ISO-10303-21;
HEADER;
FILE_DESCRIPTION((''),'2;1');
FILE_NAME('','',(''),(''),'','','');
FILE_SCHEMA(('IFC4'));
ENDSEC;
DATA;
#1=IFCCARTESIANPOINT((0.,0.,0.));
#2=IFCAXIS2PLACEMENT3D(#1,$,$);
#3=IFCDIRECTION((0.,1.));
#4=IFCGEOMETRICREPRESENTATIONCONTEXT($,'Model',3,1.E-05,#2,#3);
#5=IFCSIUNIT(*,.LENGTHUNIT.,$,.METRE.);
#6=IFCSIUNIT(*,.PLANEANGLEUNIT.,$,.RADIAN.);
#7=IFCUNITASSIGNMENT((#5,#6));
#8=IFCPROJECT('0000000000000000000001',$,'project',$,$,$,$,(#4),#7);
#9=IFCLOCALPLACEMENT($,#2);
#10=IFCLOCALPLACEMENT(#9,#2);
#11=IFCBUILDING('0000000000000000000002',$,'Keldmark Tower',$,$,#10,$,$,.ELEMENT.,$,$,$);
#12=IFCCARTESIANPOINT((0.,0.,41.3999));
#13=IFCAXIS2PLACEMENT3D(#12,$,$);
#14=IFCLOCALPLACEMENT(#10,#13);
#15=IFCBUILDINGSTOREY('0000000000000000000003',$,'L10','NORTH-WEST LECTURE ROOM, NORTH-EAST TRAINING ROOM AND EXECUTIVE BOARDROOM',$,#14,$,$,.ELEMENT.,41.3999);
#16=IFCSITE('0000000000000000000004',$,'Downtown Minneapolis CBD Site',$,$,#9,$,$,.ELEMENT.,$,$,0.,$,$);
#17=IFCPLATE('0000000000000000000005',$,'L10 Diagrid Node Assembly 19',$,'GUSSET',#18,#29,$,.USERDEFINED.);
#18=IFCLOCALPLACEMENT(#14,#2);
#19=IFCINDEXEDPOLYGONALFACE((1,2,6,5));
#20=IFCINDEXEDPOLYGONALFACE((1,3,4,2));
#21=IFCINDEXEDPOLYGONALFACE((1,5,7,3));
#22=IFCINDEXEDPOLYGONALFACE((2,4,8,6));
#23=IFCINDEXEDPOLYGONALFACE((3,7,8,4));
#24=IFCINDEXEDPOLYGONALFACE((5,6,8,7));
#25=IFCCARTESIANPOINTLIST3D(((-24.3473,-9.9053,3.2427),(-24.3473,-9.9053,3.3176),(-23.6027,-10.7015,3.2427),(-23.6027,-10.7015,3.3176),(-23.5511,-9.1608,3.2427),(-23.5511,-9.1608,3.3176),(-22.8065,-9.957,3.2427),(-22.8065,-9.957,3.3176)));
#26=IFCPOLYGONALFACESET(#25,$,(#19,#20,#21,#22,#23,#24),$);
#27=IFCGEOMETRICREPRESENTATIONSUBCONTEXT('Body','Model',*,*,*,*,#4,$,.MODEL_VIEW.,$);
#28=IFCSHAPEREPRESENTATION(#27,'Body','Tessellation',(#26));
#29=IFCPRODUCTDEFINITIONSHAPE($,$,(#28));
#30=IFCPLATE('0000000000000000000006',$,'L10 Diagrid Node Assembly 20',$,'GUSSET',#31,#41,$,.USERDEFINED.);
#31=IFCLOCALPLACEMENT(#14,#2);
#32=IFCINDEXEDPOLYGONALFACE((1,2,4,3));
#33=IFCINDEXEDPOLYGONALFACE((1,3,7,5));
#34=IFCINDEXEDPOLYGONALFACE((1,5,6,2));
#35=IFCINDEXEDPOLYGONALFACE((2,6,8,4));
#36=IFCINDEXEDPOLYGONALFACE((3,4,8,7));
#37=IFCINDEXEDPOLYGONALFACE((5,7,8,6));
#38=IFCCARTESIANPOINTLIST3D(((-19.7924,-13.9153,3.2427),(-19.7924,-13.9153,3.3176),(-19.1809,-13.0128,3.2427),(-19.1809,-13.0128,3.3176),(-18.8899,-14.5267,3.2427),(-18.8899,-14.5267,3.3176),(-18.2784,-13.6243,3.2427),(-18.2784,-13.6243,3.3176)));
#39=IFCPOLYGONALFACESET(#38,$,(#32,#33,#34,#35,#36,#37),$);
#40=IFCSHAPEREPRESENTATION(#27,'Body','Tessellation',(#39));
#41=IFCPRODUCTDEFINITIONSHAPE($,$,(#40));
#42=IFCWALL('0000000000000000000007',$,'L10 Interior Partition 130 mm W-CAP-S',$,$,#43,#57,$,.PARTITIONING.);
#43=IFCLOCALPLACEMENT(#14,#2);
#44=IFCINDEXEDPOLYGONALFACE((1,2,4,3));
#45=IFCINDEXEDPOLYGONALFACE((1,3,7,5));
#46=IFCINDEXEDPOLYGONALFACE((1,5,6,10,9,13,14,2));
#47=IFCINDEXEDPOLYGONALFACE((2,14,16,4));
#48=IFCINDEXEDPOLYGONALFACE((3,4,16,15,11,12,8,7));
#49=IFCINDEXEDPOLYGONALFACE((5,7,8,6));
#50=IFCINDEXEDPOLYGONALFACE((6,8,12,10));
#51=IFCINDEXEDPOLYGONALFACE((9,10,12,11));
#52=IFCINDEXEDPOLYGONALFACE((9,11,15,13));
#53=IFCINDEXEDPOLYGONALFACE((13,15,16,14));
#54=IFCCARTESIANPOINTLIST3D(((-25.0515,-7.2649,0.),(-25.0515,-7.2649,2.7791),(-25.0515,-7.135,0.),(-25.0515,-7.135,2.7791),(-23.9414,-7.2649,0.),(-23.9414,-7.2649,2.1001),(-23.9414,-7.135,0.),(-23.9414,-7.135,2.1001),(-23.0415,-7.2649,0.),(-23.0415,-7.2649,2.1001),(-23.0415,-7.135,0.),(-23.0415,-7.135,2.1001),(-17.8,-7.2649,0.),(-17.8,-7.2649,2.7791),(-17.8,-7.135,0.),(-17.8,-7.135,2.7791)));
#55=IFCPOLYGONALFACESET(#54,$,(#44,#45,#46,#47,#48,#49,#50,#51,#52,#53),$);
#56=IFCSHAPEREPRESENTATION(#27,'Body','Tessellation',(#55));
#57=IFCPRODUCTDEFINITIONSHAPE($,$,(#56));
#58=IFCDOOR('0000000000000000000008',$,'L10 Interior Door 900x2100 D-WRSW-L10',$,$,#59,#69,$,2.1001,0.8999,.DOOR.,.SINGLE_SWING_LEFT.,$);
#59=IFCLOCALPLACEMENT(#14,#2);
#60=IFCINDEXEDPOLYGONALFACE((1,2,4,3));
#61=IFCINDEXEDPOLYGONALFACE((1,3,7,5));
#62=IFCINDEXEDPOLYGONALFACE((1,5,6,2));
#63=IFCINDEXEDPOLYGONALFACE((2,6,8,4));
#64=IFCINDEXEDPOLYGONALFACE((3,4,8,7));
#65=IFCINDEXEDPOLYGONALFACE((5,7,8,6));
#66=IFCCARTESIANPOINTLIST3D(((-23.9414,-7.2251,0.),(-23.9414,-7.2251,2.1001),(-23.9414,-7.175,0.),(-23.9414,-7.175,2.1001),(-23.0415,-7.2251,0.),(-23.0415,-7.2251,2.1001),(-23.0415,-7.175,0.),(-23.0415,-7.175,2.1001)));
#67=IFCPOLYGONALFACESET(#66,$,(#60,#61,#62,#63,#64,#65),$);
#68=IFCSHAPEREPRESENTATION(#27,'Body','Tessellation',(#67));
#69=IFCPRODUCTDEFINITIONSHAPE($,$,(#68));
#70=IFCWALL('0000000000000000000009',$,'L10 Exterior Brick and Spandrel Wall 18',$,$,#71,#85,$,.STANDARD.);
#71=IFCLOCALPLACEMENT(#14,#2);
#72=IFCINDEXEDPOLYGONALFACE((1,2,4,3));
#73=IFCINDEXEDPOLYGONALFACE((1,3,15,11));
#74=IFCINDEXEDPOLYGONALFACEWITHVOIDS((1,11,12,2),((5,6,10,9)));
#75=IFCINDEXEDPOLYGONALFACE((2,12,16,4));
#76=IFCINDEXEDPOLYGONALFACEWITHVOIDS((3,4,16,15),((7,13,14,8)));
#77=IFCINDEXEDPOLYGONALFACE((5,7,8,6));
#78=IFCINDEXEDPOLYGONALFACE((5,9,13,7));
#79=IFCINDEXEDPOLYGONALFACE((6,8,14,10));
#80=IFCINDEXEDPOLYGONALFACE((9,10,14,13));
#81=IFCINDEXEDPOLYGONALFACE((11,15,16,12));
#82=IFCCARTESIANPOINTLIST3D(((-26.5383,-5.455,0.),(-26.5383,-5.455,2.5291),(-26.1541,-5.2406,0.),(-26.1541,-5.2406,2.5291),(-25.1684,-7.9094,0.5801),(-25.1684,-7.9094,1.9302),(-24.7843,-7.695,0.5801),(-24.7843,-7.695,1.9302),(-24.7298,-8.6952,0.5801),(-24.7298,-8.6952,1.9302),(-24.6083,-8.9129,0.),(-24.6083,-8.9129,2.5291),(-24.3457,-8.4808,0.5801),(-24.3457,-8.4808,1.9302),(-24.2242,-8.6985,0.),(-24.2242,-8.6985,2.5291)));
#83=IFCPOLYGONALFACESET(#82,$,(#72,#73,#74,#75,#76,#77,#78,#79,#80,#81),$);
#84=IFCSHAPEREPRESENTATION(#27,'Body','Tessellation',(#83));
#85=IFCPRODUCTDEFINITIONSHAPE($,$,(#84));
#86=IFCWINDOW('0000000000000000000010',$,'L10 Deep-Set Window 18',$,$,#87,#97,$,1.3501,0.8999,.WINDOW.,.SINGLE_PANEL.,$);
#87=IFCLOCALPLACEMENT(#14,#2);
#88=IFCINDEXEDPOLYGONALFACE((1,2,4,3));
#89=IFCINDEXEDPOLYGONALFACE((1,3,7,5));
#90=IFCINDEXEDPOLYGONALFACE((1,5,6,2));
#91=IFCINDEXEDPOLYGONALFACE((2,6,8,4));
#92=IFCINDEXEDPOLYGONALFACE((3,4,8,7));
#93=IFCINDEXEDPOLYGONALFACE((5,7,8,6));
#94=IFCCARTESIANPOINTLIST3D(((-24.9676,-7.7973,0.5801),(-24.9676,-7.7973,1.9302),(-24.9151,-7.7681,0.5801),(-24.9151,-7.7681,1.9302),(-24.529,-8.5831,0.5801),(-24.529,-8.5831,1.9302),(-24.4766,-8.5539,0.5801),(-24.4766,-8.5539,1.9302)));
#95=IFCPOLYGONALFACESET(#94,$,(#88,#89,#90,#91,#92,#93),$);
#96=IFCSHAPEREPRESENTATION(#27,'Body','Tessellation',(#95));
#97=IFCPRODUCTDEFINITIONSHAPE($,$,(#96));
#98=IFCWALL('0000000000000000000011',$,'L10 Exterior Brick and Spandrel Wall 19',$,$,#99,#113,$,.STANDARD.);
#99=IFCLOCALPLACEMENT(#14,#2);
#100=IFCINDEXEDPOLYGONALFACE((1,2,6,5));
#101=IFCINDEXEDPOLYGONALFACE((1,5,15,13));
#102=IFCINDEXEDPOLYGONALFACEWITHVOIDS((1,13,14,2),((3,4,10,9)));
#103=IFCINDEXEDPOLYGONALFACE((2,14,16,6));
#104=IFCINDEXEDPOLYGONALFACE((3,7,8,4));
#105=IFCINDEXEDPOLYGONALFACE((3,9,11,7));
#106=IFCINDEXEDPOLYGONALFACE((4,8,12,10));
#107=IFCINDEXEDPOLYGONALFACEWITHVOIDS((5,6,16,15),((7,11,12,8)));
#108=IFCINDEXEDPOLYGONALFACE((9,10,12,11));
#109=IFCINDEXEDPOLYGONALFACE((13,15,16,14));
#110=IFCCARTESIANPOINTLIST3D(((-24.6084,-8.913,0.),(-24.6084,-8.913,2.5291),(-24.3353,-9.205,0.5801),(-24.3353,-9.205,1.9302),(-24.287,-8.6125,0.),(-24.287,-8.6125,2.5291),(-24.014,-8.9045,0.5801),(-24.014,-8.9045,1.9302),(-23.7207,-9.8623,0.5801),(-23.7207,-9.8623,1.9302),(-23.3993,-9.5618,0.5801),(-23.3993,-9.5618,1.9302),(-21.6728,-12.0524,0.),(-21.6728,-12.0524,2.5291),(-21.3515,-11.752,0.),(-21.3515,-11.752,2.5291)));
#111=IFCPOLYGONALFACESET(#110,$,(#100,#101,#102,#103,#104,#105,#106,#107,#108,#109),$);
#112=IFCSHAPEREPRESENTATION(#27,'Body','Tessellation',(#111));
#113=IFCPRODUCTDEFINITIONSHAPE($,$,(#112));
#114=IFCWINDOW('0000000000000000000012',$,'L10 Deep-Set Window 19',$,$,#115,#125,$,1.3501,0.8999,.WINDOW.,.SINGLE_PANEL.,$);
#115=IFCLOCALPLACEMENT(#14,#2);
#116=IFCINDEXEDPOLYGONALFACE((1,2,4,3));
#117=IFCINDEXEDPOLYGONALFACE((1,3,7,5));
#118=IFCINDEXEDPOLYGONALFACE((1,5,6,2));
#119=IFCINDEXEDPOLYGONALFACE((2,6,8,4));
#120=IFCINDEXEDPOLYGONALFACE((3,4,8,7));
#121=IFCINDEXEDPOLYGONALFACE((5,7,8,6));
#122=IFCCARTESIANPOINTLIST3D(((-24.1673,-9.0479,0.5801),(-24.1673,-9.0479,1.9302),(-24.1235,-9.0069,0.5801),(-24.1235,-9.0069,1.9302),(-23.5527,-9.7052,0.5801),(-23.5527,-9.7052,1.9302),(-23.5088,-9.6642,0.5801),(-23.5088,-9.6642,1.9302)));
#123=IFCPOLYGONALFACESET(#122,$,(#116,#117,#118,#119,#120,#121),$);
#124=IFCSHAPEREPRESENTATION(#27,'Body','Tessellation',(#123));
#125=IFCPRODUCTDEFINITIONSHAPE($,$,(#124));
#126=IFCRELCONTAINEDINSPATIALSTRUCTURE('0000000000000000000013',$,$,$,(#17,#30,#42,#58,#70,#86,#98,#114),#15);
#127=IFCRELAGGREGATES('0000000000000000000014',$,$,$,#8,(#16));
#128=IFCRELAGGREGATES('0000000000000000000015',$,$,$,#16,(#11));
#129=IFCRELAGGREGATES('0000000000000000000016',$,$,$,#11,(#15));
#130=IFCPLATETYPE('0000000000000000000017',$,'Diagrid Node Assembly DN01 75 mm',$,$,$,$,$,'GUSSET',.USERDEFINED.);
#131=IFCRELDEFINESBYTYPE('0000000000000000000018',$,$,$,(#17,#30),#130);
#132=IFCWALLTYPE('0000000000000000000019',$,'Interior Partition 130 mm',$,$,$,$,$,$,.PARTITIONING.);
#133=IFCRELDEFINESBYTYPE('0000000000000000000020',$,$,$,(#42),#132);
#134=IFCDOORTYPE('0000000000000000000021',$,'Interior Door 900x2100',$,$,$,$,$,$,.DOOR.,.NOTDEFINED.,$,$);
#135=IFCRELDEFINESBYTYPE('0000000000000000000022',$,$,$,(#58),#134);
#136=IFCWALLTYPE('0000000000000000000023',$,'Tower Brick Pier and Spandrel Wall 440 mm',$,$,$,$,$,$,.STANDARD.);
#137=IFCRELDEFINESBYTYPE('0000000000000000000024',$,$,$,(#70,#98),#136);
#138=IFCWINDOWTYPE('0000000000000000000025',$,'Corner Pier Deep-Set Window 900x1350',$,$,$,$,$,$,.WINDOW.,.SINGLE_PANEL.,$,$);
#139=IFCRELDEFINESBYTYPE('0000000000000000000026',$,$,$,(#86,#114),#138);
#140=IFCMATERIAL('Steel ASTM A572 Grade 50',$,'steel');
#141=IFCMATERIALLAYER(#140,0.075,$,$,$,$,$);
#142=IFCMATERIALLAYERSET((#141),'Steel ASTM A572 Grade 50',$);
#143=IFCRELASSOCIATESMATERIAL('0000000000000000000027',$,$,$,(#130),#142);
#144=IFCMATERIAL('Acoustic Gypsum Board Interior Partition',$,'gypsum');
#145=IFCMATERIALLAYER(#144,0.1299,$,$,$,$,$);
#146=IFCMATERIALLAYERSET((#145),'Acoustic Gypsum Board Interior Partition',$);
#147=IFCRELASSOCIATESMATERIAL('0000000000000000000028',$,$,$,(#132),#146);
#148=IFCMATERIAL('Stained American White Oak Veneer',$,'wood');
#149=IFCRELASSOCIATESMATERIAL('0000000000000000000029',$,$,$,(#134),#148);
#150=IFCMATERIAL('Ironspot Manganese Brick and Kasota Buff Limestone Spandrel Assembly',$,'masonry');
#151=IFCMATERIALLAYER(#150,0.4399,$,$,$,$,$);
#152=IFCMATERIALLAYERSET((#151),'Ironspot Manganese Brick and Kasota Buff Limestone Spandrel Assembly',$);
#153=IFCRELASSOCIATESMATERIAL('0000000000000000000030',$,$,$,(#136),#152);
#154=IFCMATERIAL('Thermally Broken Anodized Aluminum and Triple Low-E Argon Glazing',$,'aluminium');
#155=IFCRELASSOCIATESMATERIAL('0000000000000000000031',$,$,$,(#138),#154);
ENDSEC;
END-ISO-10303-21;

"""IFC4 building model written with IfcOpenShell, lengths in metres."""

from ifc_helpers import new_model, si_unit, direction, frame, frame_2d, origin, origin_2d, place, context, subcontext, project, spatial, rectangle, extrude, material, layer, layer_set, type_object, element, fill, save


model = new_model("IFC4")

# Units and contexts
model_context = context("Model", 3, precision=1e-05, world=origin(), true_north=direction((0.0, 1.0)))
body_context = subcontext(model_context, "Body", "Model", "MODEL_VIEW")
ifc_project = project(units=[si_unit("LENGTHUNIT", "METRE"), si_unit("PLANEANGLEUNIT", "RADIAN")], contexts=[model_context])

# Site, building, storey
site_placement = place(None, origin())
site = spatial("IfcSite", under=ifc_project, at=site_placement, Name="Downtown Minneapolis CBD Site", CompositionType="ELEMENT", RefElevation=0.0)
building_placement = place(site_placement, origin())
building = spatial("IfcBuilding", under=site, at=building_placement, Name="Keldmark Tower", CompositionType="ELEMENT")
storey_placement = place(building_placement, frame((0.0, 0.0, 41.3999)))
storey = spatial("IfcBuildingStorey", under=building, at=storey_placement, Name="L10", Description="NORTH-WEST LECTURE ROOM, NORTH-EAST TRAINING ROOM AND EXECUTIVE BOARDROOM", CompositionType="ELEMENT", Elevation=41.3999)

# Plates
ifc_material_1 = material(Name="Steel ASTM A572 Grade 50", Category="steel")
ifc_layer_1 = layer(ifc_material_1, 0.075)
ifc_layer_set_1 = layer_set([ifc_layer_1], Name="Steel ASTM A572 Grade 50")
plate_type = type_object("IfcPlateType", Name="Diagrid Node Assembly DN01 75 mm", ElementType="GUSSET", PredefinedType="USERDEFINED", material=ifc_layer_set_1)
for number, where, z_axis, x_axis, name in (
    (1, (-23.5769, -9.9312, 3.2427), (0.0, 0.0, 1.0), (0.683019, -0.730401, 0.0), "L10 Diagrid Node Assembly 19"),
    (2, (-19.0354, -13.7698, 3.2427), (0.0, 0.0, 1.0), (0.827865, -0.560928, 0.0), "L10 Diagrid Node Assembly 20"),
):
    element("IfcPlate", number, at=place(storey_placement, frame(where, z_axis=z_axis, x_axis=x_axis)), inside=storey, type_object=plate_type, Name=name, ObjectType="GUSSET", PredefinedType="USERDEFINED", context=body_context, shape_type="SweptSolid", body=[
        extrude(rectangle(XDim=1.0901, YDim=1.0901, at=origin_2d()), origin(), (0.0, 0.0, 1.0), 0.075),
    ])

# Wall, opening, door
ifc_material_2 = material(Name="Acoustic Gypsum Board Interior Partition", Category="gypsum")
ifc_layer_2 = layer(ifc_material_2, 0.1299)
ifc_layer_set_2 = layer_set([ifc_layer_2], Name="Acoustic Gypsum Board Interior Partition")
wall_type_1 = type_object("IfcWallType", Name="Interior Partition 130 mm", PredefinedType="PARTITIONING", material=ifc_layer_set_2)
wall_1_placement = place(storey_placement, frame((-25.0515, -7.2, 0.0), z_axis=(0.0, 0.0, 1.0), x_axis=(1.0, 0.0, 0.0)))
wall_1 = element("IfcWall", 3, at=wall_1_placement, inside=storey, type_object=wall_type_1, Name="L10 Interior Partition 130 mm W-CAP-S", PredefinedType="PARTITIONING", context=body_context, shape_type="SweptSolid", body=[
    extrude(rectangle(XDim=7.2515, YDim=0.1299, at=frame_2d((3.6257, 0.0))), origin(), (0.0, 0.0, 1.0), 2.7791),
])
opening_1_placement = place(wall_1_placement, frame((1.1101, 0.0, 0.0)))
opening_1 = element("IfcOpeningElement", 4, at=opening_1_placement, cuts=wall_1, PredefinedType="OPENING", context=body_context, shape_type="SweptSolid", body=[
    extrude(rectangle(XDim=0.8999, YDim=2.1001, at=frame_2d((0.45, 1.05))), frame((0.0, 0.075, 0.0), z_axis=(0.0, -1.0, 0.0), x_axis=(1.0, 0.0, 0.0)), (0.0, 0.0, 1.0), 0.1499),
])
ifc_material_3 = material(Name="Stained American White Oak Veneer", Category="wood")
door_type = type_object("IfcDoorType", Name="Interior Door 900x2100", OperationType="NOTDEFINED", PredefinedType="DOOR", material=ifc_material_3)
door_placement = place(opening_1_placement, origin())
door = element("IfcDoor", 5, at=door_placement, inside=storey, type_object=door_type, Name="L10 Interior Door 900x2100 D-WRSW-L10", OperationType="SINGLE_SWING_LEFT", OverallHeight=2.1001, OverallWidth=0.8999, PredefinedType="DOOR", context=body_context, shape_type="SweptSolid", body=[
    extrude(rectangle(XDim=0.8999, YDim=2.1001, at=frame_2d((0.45, 1.05))), frame((0.0, 0.0249, 0.0), z_axis=(0.0, -1.0, 0.0), x_axis=(1.0, 0.0, 0.0)), (0.0, 0.0, 1.0), 0.05),
])
fill(opening_1, door)

# Walls, openings, windows
ifc_material_4 = material(Name="Ironspot Manganese Brick and Kasota Buff Limestone Spandrel Assembly", Category="masonry")
ifc_layer_3 = layer(ifc_material_4, 0.4399)
ifc_layer_set_3 = layer_set([ifc_layer_3], Name="Ironspot Manganese Brick and Kasota Buff Limestone Spandrel Assembly")
wall_type_2 = type_object("IfcWallType", Name="Tower Brick Pier and Spandrel Wall 440 mm", PredefinedType="STANDARD", material=ifc_layer_set_3)
wall_2_placement = place(storey_placement, frame((-24.4163, -8.8057, 0.0), z_axis=(0.0, 0.0, 1.0), x_axis=(-0.487369, 0.873196, 0.0)))
wall_2 = element("IfcWall", 6, at=wall_2_placement, inside=storey, type_object=wall_type_2, Name="L10 Exterior Brick and Spandrel Wall 18", PredefinedType="STANDARD", context=body_context, shape_type="SweptSolid", body=[
    extrude(rectangle(XDim=3.96, YDim=0.4399, at=frame_2d((1.98, 0.0))), origin(), (0.0, 0.0, 1.0), 2.5291),
])
opening_2_placement = place(wall_2_placement, frame((0.2493, 0.0, 0.5801)))
opening_2 = element("IfcOpeningElement", 7, at=opening_2_placement, cuts=wall_2, PredefinedType="OPENING", context=body_context, shape_type="SweptSolid", body=[
    extrude(rectangle(XDim=0.8999, YDim=1.3501, at=frame_2d((0.45, 0.675))), frame((0.0, 0.23, 0.0), z_axis=(0.0, -1.0, 0.0), x_axis=(1.0, 0.0, 0.0)), (0.0, 0.0, 1.0), 0.46),
])
ifc_material_5 = material(Name="Thermally Broken Anodized Aluminum and Triple Low-E Argon Glazing", Category="aluminium")
window_type = type_object("IfcWindowType", Name="Corner Pier Deep-Set Window 900x1350", PartitioningType="SINGLE_PANEL", PredefinedType="WINDOW", material=ifc_material_5)
window_1_placement = place(opening_2_placement, origin())
window_1 = element("IfcWindow", 8, at=window_1_placement, inside=storey, type_object=window_type, Name="L10 Deep-Set Window 18", OverallHeight=1.3501, OverallWidth=0.8999, PartitioningType="SINGLE_PANEL", PredefinedType="WINDOW", context=body_context, shape_type="SweptSolid", body=[
    extrude(rectangle(XDim=0.8999, YDim=1.3501, at=frame_2d((0.45, 0.675))), frame((0.0, -0.01, 0.0), z_axis=(0.0, -1.0, 0.0), x_axis=(1.0, 0.0, 0.0)), (0.0, 0.0, 1.0), 0.0601),
])
fill(opening_2, window_1)
wall_3_placement = place(storey_placement, frame((-21.5122, -11.9021, 0.0), z_axis=(0.0, 0.0, 1.0), x_axis=(-0.682994, 0.730424, 0.0)))
wall_3 = element("IfcWall", 9, at=wall_3_placement, inside=storey, type_object=wall_type_2, Name="L10 Exterior Brick and Spandrel Wall 19", PredefinedType="STANDARD", context=body_context, shape_type="SweptSolid", body=[
    extrude(rectangle(XDim=4.2981, YDim=0.4399, at=frame_2d((2.1489, 0.0))), origin(), (0.0, 0.0, 1.0), 2.5291),
])
opening_3_placement = place(wall_3_placement, frame((2.9983, 0.0, 0.5801)))
opening_3 = element("IfcOpeningElement", 10, at=opening_3_placement, cuts=wall_3, PredefinedType="OPENING", context=body_context, shape_type="SweptSolid", body=[
    extrude(rectangle(XDim=0.8999, YDim=1.3501, at=frame_2d((0.45, 0.675))), frame((0.0, 0.23, 0.0), z_axis=(0.0, -1.0, 0.0), x_axis=(1.0, 0.0, 0.0)), (0.0, 0.0, 1.0), 0.46),
])
window_2_placement = place(opening_3_placement, origin())
window_2 = element("IfcWindow", 11, at=window_2_placement, inside=storey, type_object=window_type, Name="L10 Deep-Set Window 19", OverallHeight=1.3501, OverallWidth=0.8999, PartitioningType="SINGLE_PANEL", PredefinedType="WINDOW", context=body_context, shape_type="SweptSolid", body=[
    extrude(rectangle(XDim=0.8999, YDim=1.3501, at=frame_2d((0.45, 0.675))), frame((0.0, -0.01, 0.0), z_axis=(0.0, -1.0, 0.0), x_axis=(1.0, 0.0, 0.0)), (0.0, 0.0, 1.0), 0.0601),
])
fill(opening_3, window_2)

save(model, "model.ifc")
